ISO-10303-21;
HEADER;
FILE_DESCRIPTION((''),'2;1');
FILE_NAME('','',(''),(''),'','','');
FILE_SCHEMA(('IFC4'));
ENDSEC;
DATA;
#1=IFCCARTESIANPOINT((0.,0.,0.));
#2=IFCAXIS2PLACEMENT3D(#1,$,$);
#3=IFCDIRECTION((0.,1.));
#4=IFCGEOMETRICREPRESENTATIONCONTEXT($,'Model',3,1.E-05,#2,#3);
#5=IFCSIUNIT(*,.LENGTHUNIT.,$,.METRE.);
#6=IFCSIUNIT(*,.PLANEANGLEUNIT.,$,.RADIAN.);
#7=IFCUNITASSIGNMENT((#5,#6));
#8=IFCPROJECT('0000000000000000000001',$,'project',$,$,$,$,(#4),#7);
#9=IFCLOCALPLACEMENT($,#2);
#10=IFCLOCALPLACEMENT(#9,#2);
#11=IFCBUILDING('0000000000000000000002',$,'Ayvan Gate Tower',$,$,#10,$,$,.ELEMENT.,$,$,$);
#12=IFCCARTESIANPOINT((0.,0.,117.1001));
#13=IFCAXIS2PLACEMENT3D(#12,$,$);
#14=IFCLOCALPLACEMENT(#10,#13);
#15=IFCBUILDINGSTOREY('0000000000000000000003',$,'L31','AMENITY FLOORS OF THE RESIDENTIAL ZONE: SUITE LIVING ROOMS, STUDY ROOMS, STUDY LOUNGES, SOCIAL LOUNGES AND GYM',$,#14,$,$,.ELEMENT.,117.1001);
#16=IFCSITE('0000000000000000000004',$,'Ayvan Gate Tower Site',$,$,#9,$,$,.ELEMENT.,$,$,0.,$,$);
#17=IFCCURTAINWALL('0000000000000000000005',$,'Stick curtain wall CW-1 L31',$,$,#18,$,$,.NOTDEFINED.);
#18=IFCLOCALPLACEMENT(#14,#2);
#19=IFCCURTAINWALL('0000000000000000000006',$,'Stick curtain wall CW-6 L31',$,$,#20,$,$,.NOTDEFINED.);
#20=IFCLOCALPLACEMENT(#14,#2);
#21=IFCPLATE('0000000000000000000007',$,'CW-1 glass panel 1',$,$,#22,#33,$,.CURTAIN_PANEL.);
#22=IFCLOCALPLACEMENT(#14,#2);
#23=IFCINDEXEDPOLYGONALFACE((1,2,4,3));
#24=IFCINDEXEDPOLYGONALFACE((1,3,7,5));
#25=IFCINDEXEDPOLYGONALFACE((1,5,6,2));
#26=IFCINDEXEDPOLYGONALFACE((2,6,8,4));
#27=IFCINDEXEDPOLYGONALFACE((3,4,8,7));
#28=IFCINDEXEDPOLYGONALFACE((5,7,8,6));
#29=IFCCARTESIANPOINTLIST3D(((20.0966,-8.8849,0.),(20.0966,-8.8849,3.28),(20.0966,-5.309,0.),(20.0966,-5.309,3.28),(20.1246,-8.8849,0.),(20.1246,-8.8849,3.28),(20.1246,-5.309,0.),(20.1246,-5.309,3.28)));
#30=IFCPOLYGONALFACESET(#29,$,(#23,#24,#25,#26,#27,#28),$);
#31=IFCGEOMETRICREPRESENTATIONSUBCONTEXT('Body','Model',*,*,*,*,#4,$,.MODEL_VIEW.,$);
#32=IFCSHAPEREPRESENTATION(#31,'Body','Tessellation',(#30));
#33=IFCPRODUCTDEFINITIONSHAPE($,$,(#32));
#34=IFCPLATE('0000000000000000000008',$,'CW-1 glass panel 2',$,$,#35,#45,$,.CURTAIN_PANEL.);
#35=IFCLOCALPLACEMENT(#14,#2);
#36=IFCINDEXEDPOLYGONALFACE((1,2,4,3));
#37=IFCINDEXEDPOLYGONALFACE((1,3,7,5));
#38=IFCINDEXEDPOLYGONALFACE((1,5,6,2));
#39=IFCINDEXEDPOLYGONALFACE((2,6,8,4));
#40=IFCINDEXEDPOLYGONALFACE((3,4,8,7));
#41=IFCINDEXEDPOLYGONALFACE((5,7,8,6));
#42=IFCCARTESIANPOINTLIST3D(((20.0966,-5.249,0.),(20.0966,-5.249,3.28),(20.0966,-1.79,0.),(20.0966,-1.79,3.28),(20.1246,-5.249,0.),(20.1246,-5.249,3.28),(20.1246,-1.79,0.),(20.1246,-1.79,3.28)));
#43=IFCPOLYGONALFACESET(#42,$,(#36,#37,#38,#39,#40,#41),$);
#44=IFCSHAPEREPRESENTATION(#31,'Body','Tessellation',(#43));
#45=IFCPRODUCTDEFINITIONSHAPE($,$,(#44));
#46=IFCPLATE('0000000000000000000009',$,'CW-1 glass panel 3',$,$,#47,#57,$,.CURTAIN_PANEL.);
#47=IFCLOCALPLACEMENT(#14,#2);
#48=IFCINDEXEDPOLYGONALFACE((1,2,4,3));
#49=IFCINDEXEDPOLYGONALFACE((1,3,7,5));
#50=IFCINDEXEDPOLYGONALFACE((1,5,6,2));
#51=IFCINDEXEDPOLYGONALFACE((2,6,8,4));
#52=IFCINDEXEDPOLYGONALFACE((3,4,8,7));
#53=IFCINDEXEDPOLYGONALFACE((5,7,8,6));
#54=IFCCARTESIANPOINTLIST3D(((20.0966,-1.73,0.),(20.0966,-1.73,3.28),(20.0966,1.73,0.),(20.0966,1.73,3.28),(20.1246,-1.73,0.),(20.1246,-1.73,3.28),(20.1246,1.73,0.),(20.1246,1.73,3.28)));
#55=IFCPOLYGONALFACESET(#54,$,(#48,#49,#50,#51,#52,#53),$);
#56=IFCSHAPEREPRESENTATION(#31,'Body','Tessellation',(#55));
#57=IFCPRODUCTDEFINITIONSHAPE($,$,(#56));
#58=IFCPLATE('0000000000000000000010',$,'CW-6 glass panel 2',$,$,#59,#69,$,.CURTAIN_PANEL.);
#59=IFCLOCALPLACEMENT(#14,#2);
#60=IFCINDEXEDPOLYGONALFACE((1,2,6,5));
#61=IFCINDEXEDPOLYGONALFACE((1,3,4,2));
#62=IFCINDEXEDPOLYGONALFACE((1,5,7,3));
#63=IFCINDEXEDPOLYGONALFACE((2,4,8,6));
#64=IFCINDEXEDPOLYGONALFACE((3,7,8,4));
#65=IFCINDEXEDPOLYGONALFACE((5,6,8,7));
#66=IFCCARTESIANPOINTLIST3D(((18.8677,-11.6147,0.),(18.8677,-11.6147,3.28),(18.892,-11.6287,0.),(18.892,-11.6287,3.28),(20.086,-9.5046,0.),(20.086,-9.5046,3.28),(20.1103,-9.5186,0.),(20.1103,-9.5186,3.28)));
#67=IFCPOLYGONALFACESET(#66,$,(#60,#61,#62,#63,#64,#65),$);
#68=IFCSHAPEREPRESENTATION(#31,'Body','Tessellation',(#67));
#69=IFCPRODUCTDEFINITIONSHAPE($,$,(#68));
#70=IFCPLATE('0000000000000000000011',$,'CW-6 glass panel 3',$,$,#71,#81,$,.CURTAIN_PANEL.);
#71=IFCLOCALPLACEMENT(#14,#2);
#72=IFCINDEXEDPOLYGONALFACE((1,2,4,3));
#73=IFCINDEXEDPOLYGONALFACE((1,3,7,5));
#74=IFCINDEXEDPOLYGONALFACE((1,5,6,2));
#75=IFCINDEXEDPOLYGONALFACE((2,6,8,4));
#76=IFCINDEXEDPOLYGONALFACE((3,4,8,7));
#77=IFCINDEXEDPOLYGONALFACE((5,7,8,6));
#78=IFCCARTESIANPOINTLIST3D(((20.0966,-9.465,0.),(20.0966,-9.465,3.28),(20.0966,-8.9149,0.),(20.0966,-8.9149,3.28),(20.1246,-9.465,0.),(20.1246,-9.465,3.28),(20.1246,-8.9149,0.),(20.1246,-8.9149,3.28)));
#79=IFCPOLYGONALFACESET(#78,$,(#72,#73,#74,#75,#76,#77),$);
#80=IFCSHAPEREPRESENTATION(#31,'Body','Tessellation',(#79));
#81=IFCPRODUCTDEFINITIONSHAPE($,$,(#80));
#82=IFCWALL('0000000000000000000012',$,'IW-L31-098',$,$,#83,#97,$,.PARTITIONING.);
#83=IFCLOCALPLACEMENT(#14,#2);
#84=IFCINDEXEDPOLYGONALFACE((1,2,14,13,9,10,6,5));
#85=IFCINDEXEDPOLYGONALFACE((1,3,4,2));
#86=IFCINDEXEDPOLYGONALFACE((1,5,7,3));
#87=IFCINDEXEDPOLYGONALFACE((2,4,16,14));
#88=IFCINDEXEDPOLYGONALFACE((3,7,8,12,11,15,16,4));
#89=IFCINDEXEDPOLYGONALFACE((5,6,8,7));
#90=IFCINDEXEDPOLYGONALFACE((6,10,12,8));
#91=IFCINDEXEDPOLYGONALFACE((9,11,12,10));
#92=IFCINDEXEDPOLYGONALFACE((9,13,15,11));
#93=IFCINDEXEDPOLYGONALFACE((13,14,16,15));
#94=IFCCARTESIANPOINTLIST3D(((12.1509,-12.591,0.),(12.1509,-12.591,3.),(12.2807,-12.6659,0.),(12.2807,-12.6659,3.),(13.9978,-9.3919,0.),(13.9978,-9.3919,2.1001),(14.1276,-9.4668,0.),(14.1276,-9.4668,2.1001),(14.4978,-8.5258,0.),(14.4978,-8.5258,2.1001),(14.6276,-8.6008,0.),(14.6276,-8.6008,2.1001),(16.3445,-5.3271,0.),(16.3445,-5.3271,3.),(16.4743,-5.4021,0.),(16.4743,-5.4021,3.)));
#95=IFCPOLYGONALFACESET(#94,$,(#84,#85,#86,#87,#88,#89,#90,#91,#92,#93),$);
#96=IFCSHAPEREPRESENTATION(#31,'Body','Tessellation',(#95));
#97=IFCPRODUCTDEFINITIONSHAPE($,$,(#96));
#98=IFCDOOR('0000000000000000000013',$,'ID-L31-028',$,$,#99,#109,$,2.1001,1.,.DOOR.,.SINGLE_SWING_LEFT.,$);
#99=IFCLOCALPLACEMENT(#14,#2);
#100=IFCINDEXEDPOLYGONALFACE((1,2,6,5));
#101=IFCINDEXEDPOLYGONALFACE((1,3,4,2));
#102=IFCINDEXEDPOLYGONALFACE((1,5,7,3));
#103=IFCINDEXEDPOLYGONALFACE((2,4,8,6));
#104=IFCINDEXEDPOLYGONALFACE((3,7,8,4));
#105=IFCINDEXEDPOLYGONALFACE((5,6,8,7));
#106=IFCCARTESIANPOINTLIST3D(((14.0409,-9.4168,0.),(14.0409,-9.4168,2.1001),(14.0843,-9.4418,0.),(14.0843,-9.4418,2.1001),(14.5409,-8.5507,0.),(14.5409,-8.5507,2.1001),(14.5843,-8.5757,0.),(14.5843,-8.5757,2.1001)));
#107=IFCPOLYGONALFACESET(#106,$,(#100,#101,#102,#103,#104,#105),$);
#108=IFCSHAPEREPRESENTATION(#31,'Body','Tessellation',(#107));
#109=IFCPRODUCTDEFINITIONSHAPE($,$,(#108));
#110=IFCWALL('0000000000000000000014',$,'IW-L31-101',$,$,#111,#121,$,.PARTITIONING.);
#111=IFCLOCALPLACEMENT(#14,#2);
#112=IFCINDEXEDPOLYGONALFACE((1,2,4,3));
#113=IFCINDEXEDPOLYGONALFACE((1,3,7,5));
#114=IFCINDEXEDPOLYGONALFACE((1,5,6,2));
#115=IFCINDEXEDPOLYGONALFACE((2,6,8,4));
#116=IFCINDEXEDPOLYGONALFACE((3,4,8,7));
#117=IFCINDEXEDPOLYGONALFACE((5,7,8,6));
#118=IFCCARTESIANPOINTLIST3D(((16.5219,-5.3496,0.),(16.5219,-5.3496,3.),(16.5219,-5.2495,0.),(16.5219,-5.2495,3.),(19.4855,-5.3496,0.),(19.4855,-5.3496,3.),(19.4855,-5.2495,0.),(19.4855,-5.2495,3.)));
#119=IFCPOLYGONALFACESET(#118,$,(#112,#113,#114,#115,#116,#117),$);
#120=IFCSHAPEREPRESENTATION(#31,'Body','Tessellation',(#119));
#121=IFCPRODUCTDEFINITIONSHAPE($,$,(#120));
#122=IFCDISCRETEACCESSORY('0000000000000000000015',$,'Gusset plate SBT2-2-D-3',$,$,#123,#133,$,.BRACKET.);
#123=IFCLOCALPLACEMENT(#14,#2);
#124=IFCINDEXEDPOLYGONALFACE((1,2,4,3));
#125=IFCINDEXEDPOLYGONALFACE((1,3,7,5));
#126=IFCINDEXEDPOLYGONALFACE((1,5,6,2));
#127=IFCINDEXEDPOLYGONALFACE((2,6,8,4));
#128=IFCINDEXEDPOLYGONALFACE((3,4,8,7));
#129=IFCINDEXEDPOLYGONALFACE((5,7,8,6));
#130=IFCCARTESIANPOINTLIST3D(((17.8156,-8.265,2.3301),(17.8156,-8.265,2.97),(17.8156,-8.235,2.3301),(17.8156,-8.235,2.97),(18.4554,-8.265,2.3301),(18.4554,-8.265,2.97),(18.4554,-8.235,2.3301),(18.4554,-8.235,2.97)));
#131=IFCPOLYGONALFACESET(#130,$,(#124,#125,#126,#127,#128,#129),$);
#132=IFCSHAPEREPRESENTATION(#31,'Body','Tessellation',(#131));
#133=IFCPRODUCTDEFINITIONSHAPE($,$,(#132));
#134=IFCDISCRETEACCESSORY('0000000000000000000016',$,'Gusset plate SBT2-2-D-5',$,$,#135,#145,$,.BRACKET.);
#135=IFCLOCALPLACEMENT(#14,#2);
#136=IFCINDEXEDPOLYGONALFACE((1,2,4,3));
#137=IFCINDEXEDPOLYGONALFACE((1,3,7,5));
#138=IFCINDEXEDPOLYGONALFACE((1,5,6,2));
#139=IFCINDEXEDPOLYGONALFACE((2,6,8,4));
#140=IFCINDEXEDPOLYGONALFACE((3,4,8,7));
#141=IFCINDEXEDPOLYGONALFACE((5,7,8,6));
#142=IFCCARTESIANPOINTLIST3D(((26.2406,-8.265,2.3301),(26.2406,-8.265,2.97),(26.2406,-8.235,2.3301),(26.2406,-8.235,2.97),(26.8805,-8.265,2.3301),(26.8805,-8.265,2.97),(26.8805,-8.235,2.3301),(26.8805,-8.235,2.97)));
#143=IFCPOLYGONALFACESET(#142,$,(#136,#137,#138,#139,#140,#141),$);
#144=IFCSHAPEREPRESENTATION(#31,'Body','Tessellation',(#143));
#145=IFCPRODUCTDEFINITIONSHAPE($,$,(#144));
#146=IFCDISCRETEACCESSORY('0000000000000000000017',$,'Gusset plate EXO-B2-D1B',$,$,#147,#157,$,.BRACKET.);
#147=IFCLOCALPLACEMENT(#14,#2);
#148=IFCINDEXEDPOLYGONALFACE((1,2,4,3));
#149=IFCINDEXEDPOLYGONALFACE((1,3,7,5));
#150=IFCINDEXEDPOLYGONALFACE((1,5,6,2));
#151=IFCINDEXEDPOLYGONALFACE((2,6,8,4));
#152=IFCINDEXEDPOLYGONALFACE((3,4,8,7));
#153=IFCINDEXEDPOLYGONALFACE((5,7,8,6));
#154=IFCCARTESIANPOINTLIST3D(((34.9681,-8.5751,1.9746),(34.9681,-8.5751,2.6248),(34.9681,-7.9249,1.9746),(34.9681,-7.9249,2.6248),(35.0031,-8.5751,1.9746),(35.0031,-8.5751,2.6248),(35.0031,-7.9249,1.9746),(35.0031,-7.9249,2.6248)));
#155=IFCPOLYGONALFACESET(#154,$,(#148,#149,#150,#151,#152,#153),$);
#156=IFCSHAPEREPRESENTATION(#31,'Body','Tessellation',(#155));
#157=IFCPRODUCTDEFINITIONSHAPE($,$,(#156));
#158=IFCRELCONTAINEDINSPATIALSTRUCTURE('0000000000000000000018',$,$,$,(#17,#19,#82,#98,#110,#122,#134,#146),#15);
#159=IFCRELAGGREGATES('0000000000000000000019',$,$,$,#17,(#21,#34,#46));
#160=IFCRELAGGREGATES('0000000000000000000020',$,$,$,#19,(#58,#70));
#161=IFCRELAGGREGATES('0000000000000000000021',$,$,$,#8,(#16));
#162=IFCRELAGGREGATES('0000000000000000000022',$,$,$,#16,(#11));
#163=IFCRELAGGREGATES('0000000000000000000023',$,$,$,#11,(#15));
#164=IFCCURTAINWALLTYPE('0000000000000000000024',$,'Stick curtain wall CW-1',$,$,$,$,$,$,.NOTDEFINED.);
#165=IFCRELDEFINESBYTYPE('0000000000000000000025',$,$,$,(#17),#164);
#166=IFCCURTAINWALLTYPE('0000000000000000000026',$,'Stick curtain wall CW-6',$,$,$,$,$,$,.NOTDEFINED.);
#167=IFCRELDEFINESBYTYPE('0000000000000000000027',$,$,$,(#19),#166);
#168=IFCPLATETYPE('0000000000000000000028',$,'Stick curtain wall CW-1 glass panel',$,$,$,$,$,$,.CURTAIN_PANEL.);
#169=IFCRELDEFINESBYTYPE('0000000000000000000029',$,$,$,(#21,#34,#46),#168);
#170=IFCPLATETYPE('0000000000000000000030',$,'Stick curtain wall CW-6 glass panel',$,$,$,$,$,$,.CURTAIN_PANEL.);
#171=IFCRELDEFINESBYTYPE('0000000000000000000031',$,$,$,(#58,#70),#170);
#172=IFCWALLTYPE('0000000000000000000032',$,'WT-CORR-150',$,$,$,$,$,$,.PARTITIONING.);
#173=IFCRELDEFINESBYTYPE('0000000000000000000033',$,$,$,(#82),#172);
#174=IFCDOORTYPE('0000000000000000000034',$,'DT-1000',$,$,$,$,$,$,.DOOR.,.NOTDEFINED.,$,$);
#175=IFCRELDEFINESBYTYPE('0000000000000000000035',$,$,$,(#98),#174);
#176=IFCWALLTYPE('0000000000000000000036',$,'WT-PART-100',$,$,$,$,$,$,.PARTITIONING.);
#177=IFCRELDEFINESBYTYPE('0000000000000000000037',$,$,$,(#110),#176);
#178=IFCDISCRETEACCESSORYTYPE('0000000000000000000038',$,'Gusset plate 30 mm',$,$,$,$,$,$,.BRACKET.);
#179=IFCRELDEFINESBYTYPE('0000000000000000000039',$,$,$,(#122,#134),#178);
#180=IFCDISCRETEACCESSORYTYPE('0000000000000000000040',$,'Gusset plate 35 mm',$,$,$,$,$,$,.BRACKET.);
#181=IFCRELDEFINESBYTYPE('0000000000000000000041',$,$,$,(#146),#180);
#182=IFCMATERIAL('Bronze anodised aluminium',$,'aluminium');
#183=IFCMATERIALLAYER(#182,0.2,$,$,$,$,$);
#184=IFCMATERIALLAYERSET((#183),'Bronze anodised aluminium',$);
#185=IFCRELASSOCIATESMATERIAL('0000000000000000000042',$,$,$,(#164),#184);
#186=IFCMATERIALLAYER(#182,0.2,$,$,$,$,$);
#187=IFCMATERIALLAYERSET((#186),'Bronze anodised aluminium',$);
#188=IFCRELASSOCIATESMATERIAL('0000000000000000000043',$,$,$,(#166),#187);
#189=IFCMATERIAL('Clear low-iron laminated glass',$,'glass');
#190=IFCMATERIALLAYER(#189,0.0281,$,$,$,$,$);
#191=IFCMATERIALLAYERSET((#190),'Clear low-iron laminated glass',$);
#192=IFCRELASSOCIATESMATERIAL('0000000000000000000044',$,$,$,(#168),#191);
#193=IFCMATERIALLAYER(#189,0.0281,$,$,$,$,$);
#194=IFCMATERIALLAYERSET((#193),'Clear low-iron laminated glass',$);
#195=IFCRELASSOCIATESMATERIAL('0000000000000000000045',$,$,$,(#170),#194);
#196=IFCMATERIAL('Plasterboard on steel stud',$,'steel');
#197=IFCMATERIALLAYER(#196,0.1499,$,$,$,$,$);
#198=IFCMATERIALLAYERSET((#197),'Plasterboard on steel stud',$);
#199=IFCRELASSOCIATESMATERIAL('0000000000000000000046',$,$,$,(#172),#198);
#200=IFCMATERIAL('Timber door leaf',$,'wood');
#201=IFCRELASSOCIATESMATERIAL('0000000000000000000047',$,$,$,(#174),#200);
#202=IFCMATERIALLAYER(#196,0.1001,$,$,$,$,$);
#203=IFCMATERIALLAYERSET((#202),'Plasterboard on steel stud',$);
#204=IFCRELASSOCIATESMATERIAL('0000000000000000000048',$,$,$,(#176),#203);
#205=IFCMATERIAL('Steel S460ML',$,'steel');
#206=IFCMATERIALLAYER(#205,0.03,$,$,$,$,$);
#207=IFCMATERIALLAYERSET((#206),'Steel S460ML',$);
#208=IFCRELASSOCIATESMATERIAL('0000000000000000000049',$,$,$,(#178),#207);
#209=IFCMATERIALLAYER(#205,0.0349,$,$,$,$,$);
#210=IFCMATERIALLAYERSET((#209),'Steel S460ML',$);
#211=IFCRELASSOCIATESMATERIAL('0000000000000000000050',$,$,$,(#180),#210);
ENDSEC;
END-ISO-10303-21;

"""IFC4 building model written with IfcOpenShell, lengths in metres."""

from ifc_helpers import new_model, si_unit, direction, frame, frame_2d, origin, origin_2d, place, context, subcontext, project, spatial, rectangle, extrude, material, layer, layer_set, type_object, element, fill, aggregate, save


model = new_model("IFC4")

# Units and contexts
model_context = context("Model", 3, precision=1e-05, world=origin(), true_north=direction((0.0, 1.0)))
body_context = subcontext(model_context, "Body", "Model", "MODEL_VIEW")
ifc_project = project(units=[si_unit("LENGTHUNIT", "METRE"), si_unit("PLANEANGLEUNIT", "RADIAN")], contexts=[model_context])

# Site, building, storey
site_placement = place(None, origin())
site = spatial("IfcSite", under=ifc_project, at=site_placement, Name="Ayvan Gate Tower Site", CompositionType="ELEMENT", RefElevation=0.0)
building_placement = place(site_placement, origin())
building = spatial("IfcBuilding", under=site, at=building_placement, Name="Ayvan Gate Tower", CompositionType="ELEMENT")
storey_placement = place(building_placement, frame((0.0, 0.0, 117.1001)))
storey = spatial("IfcBuildingStorey", under=building, at=storey_placement, Name="L31", Description="AMENITY FLOORS OF THE RESIDENTIAL ZONE: SUITE LIVING ROOMS, STUDY ROOMS, STUDY LOUNGES, SOCIAL LOUNGES AND GYM", CompositionType="ELEMENT", Elevation=117.1001)

# Curtain walls
ifc_material_1 = material(Name="Bronze anodised aluminium", Category="aluminium")
ifc_layer_1 = layer(ifc_material_1, 0.2)
ifc_layer_set_1 = layer_set([ifc_layer_1], Name="Bronze anodised aluminium")
curtain_wall_type_1 = type_object("IfcCurtainWallType", Name="Stick curtain wall CW-1", PredefinedType="NOTDEFINED", material=ifc_layer_set_1)
curtain_wall_1_placement = place(storey_placement, origin())
curtain_wall_1 = element("IfcCurtainWall", 1, at=curtain_wall_1_placement, inside=storey, type_object=curtain_wall_type_1, Name="Stick curtain wall CW-1 L31", PredefinedType="NOTDEFINED")
ifc_layer_2 = layer(ifc_material_1, 0.2)
ifc_layer_set_2 = layer_set([ifc_layer_2], Name="Bronze anodised aluminium")
curtain_wall_type_2 = type_object("IfcCurtainWallType", Name="Stick curtain wall CW-6", PredefinedType="NOTDEFINED", material=ifc_layer_set_2)
curtain_wall_2_placement = place(storey_placement, origin())
curtain_wall_2 = element("IfcCurtainWall", 2, at=curtain_wall_2_placement, inside=storey, type_object=curtain_wall_type_2, Name="Stick curtain wall CW-6 L31", PredefinedType="NOTDEFINED")

# Plates
ifc_material_2 = material(Name="Clear low-iron laminated glass", Category="glass")
ifc_layer_3 = layer(ifc_material_2, 0.0281)
ifc_layer_set_3 = layer_set([ifc_layer_3], Name="Clear low-iron laminated glass")
plate_type_1 = type_object("IfcPlateType", Name="Stick curtain wall CW-1 glass panel", PredefinedType="CURTAIN_PANEL", material=ifc_layer_set_3)
plate_1_placement = place(storey_placement, frame((20.1106, -7.0969, 0.0), z_axis=(0.0, 0.0, 1.0), x_axis=(0.0, 1.0, 0.0)))
plate_1 = element("IfcPlate", 3, at=plate_1_placement, type_object=plate_type_1, Name="CW-1 glass panel 1", PredefinedType="CURTAIN_PANEL", context=body_context, shape_type="SweptSolid", body=[
    extrude(rectangle(XDim=3.5759, YDim=0.0281, at=origin_2d()), origin(), (0.0, 0.0, 1.0), 3.28),
])
plate_2_placement = place(storey_placement, frame((20.1106, -3.5195, 0.0), z_axis=(0.0, 0.0, 1.0), x_axis=(0.0, 1.0, 0.0)))
plate_2 = element("IfcPlate", 4, at=plate_2_placement, type_object=plate_type_1, Name="CW-1 glass panel 2", PredefinedType="CURTAIN_PANEL", context=body_context, shape_type="SweptSolid", body=[
    extrude(rectangle(XDim=3.459, YDim=0.0281, at=origin_2d()), origin(), (0.0, 0.0, 1.0), 3.28),
])
plate_3_placement = place(storey_placement, frame((20.1106, 0.0, 0.0), z_axis=(0.0, 0.0, 1.0), x_axis=(0.0, 1.0, 0.0)))
plate_3 = element("IfcPlate", 5, at=plate_3_placement, type_object=plate_type_1, Name="CW-1 glass panel 3", PredefinedType="CURTAIN_PANEL", context=body_context, shape_type="SweptSolid", body=[
    extrude(rectangle(XDim=3.46, YDim=0.0281, at=origin_2d()), origin(), (0.0, 0.0, 1.0), 3.28),
])
aggregate(curtain_wall_1, [plate_1, plate_2, plate_3])
ifc_layer_4 = layer(ifc_material_2, 0.0281)
ifc_layer_set_4 = layer_set([ifc_layer_4], Name="Clear low-iron laminated glass")
plate_type_2 = type_object("IfcPlateType", Name="Stick curtain wall CW-6 glass panel", PredefinedType="CURTAIN_PANEL", material=ifc_layer_set_4)
plate_4_placement = place(storey_placement, frame((19.489, -10.5667, 0.0), z_axis=(0.0, 0.0, 1.0), x_axis=(0.5, 0.866025, 0.0)))
plate_4 = element("IfcPlate", 6, at=plate_4_placement, type_object=plate_type_2, Name="CW-6 glass panel 2", PredefinedType="CURTAIN_PANEL", context=body_context, shape_type="SweptSolid", body=[
    extrude(rectangle(XDim=2.4365, YDim=0.0281, at=origin_2d()), origin(), (0.0, 0.0, 1.0), 3.28),
])
plate_5_placement = place(storey_placement, frame((20.1106, -9.1899, 0.0), z_axis=(0.0, 0.0, 1.0), x_axis=(0.0, 1.0, 0.0)))
plate_5 = element("IfcPlate", 7, at=plate_5_placement, type_object=plate_type_2, Name="CW-6 glass panel 3", PredefinedType="CURTAIN_PANEL", context=body_context, shape_type="SweptSolid", body=[
    extrude(rectangle(XDim=0.55, YDim=0.0281, at=origin_2d()), origin(), (0.0, 0.0, 1.0), 3.28),
])
aggregate(curtain_wall_2, [plate_4, plate_5])

# Wall, opening, door
ifc_material_3 = material(Name="Plasterboard on steel stud", Category="steel")
ifc_layer_5 = layer(ifc_material_3, 0.1499)
ifc_layer_set_5 = layer_set([ifc_layer_5], Name="Plasterboard on steel stud")
wall_type_1 = type_object("IfcWallType", Name="WT-CORR-150", PredefinedType="PARTITIONING", material=ifc_layer_set_5)
wall_1_placement = place(storey_placement, frame((16.4094, -5.3645, 0.0), z_axis=(0.0, 0.0, 1.0), x_axis=(-0.49998, -0.866037, 0.0)))
wall_1 = element("IfcWall", 8, at=wall_1_placement, inside=storey, type_object=wall_type_1, Name="IW-L31-098", PredefinedType="PARTITIONING", context=body_context, shape_type="SweptSolid", body=[
    extrude(rectangle(XDim=8.3875, YDim=0.1499, at=frame_2d((4.1938, 0.0))), origin(), (0.0, 0.0, 1.0), 3.0),
])
opening_placement = place(wall_1_placement, frame((3.6936, 0.0, 0.0)))
opening = element("IfcOpeningElement", 9, at=opening_placement, cuts=wall_1, PredefinedType="OPENING", context=body_context, shape_type="SweptSolid", body=[
    extrude(rectangle(XDim=1.0, YDim=2.1001, at=frame_2d((0.5, 1.05))), frame((0.0, 0.085, 0.0), z_axis=(0.0, -1.0, 0.0), x_axis=(1.0, 0.0, 0.0)), (0.0, 0.0, 1.0), 0.1699),
])
ifc_material_4 = material(Name="Timber door leaf", Category="wood")
door_type = type_object("IfcDoorType", Name="DT-1000", OperationType="NOTDEFINED", PredefinedType="DOOR", material=ifc_material_4)
door_placement = place(opening_placement, origin())
door = element("IfcDoor", 10, at=door_placement, inside=storey, type_object=door_type, Name="ID-L31-028", OperationType="SINGLE_SWING_LEFT", OverallHeight=2.1001, OverallWidth=1.0, PredefinedType="DOOR", context=body_context, shape_type="SweptSolid", body=[
    extrude(rectangle(XDim=1.0, YDim=2.1001, at=frame_2d((0.5, 1.05))), frame((0.0, 0.0249, 0.0), z_axis=(0.0, -1.0, 0.0), x_axis=(1.0, 0.0, 0.0)), (0.0, 0.0, 1.0), 0.05),
])
fill(opening, door)

# Wall
ifc_layer_6 = layer(ifc_material_3, 0.1001)
ifc_layer_set_6 = layer_set([ifc_layer_6], Name="Plasterboard on steel stud")
wall_type_2 = type_object("IfcWallType", Name="WT-PART-100", PredefinedType="PARTITIONING", material=ifc_layer_set_6)
wall_2_placement = place(storey_placement, frame((19.4856, -5.2996, 0.0), z_axis=(0.0, 0.0, 1.0), x_axis=(-1.0, 0.0, 0.0)))
element("IfcWall", 11, at=wall_2_placement, inside=storey, type_object=wall_type_2, Name="IW-L31-101", PredefinedType="PARTITIONING", context=body_context, shape_type="SweptSolid", body=[
    extrude(rectangle(XDim=2.9636, YDim=0.1001, at=frame_2d((1.4819, 0.0))), origin(), (0.0, 0.0, 1.0), 3.0),
])

# Discrete accessories
ifc_material_5 = material(Name="Steel S460ML", Category="steel")
ifc_layer_7 = layer(ifc_material_5, 0.03)
ifc_layer_set_7 = layer_set([ifc_layer_7], Name="Steel S460ML")
discrete_accessory_type_1 = type_object("IfcDiscreteAccessoryType", Name="Gusset plate 30 mm", PredefinedType="BRACKET", material=ifc_layer_set_7)
for number, where, z_axis, x_axis, name in (
    (12, (18.1355, -8.25, 2.3301), (0.0, 0.0, 1.0), (1.0, 0.0, 0.0), "Gusset plate SBT2-2-D-3"),
    (13, (26.5605, -8.25, 2.3301), (0.0, 0.0, 1.0), (1.0, 0.0, 0.0), "Gusset plate SBT2-2-D-5"),
):
    element("IfcDiscreteAccessory", number, at=place(storey_placement, frame(where, z_axis=z_axis, x_axis=x_axis)), inside=storey, type_object=discrete_accessory_type_1, Name=name, PredefinedType="BRACKET", context=body_context, shape_type="SweptSolid", body=[
        extrude(rectangle(XDim=0.6399, YDim=0.03, at=origin_2d()), origin(), (0.0, 0.0, 1.0), 0.6399),
    ])
ifc_layer_8 = layer(ifc_material_5, 0.0349)
ifc_layer_set_8 = layer_set([ifc_layer_8], Name="Steel S460ML")
discrete_accessory_type_2 = type_object("IfcDiscreteAccessoryType", Name="Gusset plate 35 mm", PredefinedType="BRACKET", material=ifc_layer_set_8)
discrete_accessory_placement = place(storey_placement, frame((34.9856, -8.25, 1.9746), z_axis=(0.0, 0.0, 1.0), x_axis=(0.0, 1.0, 0.0)))
element("IfcDiscreteAccessory", 14, at=discrete_accessory_placement, inside=storey, type_object=discrete_accessory_type_2, Name="Gusset plate EXO-B2-D1B", PredefinedType="BRACKET", context=body_context, shape_type="SweptSolid", body=[
    extrude(rectangle(XDim=0.6501, YDim=0.0349, at=origin_2d()), origin(), (0.0, 0.0, 1.0), 0.6501),
])

save(model, "model.ifc")
